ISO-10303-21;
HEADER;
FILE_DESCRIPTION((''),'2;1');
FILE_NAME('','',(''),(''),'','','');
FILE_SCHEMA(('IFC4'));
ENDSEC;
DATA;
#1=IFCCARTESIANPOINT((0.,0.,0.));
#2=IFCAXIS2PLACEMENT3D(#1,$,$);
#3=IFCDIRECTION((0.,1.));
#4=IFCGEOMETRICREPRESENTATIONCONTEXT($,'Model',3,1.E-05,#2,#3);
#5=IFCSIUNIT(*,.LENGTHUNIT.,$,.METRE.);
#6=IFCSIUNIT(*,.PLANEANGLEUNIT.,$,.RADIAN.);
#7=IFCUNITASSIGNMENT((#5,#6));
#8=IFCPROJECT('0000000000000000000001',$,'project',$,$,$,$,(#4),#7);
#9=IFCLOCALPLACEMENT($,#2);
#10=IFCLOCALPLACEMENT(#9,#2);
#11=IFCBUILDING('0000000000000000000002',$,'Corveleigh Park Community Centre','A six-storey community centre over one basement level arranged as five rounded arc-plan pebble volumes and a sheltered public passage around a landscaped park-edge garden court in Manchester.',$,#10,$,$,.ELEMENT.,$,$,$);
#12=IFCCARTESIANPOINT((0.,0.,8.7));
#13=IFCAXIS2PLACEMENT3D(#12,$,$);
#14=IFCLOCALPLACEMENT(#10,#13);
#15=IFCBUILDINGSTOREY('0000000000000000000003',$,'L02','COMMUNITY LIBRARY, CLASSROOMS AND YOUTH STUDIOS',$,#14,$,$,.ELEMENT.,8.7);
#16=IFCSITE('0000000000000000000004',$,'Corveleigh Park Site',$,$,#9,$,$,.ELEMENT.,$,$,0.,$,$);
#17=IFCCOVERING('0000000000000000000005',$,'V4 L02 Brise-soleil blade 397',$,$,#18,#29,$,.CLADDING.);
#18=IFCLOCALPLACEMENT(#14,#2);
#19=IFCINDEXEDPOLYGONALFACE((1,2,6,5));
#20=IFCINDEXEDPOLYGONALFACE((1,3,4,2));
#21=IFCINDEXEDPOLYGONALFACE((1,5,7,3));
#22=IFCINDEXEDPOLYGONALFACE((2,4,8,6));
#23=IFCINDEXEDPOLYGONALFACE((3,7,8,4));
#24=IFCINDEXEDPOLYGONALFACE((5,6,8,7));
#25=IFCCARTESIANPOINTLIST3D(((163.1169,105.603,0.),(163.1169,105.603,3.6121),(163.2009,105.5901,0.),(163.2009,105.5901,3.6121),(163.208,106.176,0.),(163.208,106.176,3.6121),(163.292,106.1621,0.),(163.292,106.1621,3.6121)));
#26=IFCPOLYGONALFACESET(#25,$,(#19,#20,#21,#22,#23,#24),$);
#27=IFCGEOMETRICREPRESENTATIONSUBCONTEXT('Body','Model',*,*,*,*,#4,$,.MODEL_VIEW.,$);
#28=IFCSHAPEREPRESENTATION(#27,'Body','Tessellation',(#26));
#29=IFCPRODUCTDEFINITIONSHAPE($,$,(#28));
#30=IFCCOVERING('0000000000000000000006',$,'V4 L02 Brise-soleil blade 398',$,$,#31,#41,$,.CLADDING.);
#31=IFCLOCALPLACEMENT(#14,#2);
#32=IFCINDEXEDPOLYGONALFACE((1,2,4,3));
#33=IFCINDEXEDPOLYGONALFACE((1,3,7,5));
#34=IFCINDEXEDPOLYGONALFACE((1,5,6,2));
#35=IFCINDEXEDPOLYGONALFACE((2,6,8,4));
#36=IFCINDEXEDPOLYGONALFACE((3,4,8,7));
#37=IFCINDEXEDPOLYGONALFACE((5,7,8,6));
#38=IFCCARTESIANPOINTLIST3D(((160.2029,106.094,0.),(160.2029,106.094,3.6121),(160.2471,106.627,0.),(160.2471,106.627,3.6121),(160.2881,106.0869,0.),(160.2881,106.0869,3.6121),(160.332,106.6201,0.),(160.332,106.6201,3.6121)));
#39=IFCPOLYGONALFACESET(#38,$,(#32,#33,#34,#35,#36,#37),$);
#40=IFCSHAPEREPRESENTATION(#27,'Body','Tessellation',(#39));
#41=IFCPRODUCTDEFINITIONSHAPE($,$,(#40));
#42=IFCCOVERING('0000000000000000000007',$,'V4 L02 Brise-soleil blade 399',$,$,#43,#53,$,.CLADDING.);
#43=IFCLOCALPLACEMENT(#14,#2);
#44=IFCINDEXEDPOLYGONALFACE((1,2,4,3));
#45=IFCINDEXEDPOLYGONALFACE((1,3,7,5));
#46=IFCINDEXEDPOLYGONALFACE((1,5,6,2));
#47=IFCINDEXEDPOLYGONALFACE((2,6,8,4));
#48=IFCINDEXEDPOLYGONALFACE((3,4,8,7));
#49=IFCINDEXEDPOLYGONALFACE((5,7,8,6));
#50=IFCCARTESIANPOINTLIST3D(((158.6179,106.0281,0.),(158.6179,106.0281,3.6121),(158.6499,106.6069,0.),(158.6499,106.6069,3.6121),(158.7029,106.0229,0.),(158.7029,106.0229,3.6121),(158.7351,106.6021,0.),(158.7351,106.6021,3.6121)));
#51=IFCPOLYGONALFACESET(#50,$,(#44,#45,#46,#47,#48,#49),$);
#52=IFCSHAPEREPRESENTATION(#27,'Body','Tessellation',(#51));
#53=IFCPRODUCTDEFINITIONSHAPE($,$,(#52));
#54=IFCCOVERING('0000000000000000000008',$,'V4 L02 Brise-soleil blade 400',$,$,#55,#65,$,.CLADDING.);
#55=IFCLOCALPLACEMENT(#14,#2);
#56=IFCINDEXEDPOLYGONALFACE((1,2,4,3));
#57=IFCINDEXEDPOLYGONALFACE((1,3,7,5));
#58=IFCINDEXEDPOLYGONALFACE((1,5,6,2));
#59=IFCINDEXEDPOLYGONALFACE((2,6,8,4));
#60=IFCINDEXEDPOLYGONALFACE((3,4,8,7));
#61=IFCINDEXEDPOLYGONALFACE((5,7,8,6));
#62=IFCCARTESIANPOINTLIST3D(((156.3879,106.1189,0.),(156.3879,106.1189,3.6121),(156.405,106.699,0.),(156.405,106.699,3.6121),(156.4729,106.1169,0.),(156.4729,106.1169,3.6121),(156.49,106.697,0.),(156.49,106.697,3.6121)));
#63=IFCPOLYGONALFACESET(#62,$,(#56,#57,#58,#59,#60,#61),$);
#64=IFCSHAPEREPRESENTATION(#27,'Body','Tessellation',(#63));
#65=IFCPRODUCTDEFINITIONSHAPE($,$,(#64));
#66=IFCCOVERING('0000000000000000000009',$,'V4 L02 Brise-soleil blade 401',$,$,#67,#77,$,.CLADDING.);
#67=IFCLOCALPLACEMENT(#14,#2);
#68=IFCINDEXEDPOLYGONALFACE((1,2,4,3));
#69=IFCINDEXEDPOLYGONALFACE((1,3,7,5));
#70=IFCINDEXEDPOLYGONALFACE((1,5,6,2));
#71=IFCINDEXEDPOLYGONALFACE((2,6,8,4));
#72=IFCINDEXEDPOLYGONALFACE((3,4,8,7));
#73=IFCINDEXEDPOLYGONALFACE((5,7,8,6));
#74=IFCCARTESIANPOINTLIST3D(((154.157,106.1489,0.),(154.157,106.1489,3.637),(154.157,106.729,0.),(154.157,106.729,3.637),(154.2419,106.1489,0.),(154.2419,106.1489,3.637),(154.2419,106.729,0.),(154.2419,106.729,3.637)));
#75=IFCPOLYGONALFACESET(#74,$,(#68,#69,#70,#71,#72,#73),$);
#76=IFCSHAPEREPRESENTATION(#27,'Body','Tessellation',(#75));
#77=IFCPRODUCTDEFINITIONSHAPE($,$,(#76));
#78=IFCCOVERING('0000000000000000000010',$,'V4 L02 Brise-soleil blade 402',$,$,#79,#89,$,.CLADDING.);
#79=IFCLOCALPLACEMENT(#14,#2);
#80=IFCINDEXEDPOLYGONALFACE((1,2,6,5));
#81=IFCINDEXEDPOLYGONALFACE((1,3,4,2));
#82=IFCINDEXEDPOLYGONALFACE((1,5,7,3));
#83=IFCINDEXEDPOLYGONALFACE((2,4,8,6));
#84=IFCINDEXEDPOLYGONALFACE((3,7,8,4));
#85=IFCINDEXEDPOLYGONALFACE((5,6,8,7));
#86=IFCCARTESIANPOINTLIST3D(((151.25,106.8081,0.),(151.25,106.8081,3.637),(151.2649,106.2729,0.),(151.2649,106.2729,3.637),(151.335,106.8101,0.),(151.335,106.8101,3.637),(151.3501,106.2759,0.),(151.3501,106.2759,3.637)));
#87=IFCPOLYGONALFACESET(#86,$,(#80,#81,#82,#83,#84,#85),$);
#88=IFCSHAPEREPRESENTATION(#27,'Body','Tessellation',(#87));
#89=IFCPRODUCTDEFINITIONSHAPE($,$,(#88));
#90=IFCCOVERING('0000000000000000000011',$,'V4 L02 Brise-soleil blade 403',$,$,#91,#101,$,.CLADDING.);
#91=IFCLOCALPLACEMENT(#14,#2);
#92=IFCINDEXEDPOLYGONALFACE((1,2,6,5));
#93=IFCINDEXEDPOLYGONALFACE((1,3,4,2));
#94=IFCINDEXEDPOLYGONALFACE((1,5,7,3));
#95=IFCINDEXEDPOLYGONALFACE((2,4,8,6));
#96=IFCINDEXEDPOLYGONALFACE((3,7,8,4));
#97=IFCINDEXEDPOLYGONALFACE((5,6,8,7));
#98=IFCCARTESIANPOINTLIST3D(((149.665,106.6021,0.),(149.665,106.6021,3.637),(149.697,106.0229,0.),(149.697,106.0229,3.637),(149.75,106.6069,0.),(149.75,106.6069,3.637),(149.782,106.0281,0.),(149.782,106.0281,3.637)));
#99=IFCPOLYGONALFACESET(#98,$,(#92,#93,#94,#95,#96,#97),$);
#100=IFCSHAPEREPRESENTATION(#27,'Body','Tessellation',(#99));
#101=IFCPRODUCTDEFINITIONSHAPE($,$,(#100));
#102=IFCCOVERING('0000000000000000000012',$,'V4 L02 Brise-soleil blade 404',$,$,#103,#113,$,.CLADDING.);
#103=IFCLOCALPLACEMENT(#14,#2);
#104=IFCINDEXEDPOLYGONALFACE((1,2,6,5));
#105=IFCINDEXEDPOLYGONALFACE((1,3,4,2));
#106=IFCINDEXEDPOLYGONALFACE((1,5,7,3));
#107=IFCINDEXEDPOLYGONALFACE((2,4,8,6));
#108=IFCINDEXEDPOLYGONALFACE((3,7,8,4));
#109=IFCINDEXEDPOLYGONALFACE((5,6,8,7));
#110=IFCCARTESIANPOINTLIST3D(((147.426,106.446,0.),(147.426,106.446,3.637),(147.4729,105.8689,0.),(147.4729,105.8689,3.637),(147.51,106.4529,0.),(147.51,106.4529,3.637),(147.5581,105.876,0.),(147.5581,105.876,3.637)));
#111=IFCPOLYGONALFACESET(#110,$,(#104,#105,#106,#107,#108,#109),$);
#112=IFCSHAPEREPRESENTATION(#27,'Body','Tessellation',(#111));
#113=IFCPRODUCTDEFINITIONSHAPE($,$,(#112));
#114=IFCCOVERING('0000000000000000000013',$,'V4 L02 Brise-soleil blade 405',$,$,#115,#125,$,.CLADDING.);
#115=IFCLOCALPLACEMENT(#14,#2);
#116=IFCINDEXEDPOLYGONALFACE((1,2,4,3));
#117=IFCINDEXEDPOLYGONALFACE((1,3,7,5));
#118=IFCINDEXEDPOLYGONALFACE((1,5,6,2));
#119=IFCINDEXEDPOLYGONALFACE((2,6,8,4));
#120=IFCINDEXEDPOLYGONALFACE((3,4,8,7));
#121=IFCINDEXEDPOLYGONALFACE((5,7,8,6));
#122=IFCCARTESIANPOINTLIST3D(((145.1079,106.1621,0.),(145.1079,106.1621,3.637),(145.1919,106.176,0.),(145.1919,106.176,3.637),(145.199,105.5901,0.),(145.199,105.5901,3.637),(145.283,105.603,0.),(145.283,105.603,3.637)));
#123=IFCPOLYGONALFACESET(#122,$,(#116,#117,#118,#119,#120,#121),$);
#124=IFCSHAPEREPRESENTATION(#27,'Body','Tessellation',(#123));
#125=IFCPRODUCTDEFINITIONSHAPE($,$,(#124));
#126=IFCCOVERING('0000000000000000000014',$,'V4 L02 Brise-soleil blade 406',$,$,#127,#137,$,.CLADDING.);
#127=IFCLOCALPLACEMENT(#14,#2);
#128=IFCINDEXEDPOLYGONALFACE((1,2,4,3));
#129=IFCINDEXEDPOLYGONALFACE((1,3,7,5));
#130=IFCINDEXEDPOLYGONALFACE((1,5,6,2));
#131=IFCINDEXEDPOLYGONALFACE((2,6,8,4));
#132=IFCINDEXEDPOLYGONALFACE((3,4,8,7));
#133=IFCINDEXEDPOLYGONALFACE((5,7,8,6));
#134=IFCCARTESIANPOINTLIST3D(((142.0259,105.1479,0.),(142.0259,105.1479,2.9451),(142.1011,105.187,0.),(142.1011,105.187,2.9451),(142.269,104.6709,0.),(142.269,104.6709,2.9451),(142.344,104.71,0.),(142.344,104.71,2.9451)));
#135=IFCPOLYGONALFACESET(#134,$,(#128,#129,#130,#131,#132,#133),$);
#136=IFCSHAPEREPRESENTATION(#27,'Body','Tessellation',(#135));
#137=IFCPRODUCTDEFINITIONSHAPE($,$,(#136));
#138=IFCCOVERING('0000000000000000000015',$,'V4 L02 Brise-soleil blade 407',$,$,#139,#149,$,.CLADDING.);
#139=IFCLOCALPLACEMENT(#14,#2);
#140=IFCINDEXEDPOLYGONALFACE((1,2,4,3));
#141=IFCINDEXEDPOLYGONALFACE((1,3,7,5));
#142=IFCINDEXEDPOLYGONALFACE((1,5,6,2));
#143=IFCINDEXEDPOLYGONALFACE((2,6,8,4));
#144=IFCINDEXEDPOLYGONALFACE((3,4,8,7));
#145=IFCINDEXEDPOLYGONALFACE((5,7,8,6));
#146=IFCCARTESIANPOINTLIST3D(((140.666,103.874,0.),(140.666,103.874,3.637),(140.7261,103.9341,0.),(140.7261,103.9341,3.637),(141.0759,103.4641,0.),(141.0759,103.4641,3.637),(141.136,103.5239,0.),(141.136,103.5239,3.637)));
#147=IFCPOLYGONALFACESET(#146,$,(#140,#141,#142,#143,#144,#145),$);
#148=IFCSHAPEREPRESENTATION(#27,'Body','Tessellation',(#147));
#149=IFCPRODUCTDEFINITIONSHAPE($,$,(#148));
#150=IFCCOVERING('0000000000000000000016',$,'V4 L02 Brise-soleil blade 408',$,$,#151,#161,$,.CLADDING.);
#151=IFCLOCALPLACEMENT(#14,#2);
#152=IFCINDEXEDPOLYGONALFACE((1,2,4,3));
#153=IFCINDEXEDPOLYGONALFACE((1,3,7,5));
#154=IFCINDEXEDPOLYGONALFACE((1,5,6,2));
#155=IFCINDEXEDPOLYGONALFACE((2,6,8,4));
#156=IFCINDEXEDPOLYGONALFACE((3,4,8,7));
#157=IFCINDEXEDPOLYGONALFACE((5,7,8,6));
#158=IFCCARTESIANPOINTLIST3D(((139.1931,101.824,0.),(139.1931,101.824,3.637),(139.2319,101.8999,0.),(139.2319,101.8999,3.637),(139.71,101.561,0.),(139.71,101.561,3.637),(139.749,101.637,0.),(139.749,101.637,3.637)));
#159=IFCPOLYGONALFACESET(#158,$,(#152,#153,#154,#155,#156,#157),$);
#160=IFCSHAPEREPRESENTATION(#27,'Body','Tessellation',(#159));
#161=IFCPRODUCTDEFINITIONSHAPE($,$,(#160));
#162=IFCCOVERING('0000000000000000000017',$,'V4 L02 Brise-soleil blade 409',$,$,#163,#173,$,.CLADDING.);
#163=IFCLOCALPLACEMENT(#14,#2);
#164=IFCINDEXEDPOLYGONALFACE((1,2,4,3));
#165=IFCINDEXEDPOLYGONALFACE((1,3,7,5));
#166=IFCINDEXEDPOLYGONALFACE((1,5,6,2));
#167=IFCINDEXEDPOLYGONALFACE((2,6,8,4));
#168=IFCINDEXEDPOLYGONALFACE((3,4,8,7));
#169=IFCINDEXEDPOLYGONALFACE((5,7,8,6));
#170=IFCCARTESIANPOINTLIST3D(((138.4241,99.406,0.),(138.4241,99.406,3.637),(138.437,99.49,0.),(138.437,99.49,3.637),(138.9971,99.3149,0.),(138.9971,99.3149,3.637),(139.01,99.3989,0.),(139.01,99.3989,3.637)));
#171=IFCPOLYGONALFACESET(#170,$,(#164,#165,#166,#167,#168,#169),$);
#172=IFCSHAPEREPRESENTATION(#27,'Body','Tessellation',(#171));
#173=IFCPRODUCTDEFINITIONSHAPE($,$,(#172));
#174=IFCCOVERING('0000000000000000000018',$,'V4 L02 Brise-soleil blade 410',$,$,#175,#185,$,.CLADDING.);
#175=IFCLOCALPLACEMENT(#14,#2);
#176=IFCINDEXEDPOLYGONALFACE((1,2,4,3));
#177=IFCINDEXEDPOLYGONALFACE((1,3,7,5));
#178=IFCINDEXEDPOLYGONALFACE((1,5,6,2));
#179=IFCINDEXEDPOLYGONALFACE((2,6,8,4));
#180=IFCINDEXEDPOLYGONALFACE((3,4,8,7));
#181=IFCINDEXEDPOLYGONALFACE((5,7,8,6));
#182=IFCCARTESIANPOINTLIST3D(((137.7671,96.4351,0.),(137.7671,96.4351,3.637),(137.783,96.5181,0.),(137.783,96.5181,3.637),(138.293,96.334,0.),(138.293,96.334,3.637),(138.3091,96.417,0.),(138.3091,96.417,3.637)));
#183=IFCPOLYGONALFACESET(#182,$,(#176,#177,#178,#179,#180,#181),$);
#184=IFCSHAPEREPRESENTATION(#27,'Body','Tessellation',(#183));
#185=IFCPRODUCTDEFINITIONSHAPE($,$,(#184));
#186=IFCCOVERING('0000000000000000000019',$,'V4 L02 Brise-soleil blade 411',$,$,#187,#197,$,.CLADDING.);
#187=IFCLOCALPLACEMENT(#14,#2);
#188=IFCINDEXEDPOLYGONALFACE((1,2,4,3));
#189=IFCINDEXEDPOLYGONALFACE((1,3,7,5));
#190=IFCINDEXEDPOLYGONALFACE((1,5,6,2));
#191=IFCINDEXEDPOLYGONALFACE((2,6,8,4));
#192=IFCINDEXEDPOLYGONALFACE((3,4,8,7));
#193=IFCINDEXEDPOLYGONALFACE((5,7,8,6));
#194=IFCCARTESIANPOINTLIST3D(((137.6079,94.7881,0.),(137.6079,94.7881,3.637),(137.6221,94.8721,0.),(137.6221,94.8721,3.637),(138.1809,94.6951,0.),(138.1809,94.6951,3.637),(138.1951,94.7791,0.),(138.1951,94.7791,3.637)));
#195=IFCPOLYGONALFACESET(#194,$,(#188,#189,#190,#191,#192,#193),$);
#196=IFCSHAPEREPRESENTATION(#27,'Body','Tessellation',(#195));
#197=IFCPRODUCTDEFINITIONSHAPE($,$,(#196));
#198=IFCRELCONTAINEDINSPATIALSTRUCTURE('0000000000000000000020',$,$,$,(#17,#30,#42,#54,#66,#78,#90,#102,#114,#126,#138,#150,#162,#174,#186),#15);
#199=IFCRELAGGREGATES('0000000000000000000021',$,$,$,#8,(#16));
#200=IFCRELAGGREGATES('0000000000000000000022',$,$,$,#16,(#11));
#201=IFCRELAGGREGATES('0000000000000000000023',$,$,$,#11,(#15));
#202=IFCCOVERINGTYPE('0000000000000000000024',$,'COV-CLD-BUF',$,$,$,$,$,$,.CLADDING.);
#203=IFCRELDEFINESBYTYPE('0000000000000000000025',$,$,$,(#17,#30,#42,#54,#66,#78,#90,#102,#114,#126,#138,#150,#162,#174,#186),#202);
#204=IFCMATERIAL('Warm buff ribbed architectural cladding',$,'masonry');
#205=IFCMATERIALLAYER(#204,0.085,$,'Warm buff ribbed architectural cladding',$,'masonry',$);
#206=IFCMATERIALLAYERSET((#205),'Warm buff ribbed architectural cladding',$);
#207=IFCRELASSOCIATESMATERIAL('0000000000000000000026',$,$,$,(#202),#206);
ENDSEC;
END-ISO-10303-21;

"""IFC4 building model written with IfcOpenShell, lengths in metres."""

from ifc_helpers import new_model, si_unit, direction, frame, origin, place, context, subcontext, project, spatial, polyline, outline, extrude, material, layer, layer_set, type_object, element, save


model = new_model("IFC4")

# Units and contexts
model_context = context("Model", 3, precision=1e-05, world=origin(), true_north=direction((0.0, 1.0)))
body_context = subcontext(model_context, "Body", "Model", "MODEL_VIEW")
ifc_project = project(units=[si_unit("LENGTHUNIT", "METRE"), si_unit("PLANEANGLEUNIT", "RADIAN")], contexts=[model_context])

# Site, building, storey
site_placement = place(None, origin())
site = spatial("IfcSite", under=ifc_project, at=site_placement, Name="Corveleigh Park Site", CompositionType="ELEMENT", RefElevation=0.0)
building_placement = place(site_placement, origin())
building = spatial("IfcBuilding", under=site, at=building_placement, Name="Corveleigh Park Community Centre", Description="A six-storey community centre over one basement level arranged as five rounded arc-plan pebble volumes and a sheltered public passage around a landscaped park-edge garden court in Manchester.", CompositionType="ELEMENT")
storey_placement = place(building_placement, frame((0.0, 0.0, 8.7)))
storey = spatial("IfcBuildingStorey", under=building, at=storey_placement, Name="L02", Description="COMMUNITY LIBRARY, CLASSROOMS AND YOUTH STUDIOS", CompositionType="ELEMENT", Elevation=8.7)

# Coverings
ifc_material = material(Name="Warm buff ribbed architectural cladding", Category="masonry")
ifc_layer = layer(ifc_material, 0.085, Name="Warm buff ribbed architectural cladding", Category="masonry")
ifc_layer_set = layer_set([ifc_layer], Name="Warm buff ribbed architectural cladding")
covering_type = type_object("IfcCoveringType", Name="COV-CLD-BUF", PredefinedType="CLADDING", material=ifc_layer_set)
covering_1_placement = place(storey_placement, origin())
element("IfcCovering", 1, at=covering_1_placement, inside=storey, type_object=covering_type, Name="V4 L02 Brise-soleil blade 397", PredefinedType="CLADDING", context=body_context, shape_type="SweptSolid", body=[
    extrude(outline(polyline([(163.1169, 105.603), (163.2009, 105.5901), (163.292, 106.1621), (163.208, 106.176), (163.1169, 105.603)])), origin(), (0.0, 0.0, 1.0), 3.6121),
])
covering_2_placement = place(storey_placement, origin())
element("IfcCovering", 2, at=covering_2_placement, inside=storey, type_object=covering_type, Name="V4 L02 Brise-soleil blade 398", PredefinedType="CLADDING", context=body_context, shape_type="SweptSolid", body=[
    extrude(outline(polyline([(160.2029, 106.094), (160.2881, 106.0869), (160.332, 106.6201), (160.2471, 106.627), (160.2029, 106.094)])), origin(), (0.0, 0.0, 1.0), 3.6121),
])
covering_3_placement = place(storey_placement, origin())
element("IfcCovering", 3, at=covering_3_placement, inside=storey, type_object=covering_type, Name="V4 L02 Brise-soleil blade 399", PredefinedType="CLADDING", context=body_context, shape_type="SweptSolid", body=[
    extrude(outline(polyline([(158.6179, 106.0281), (158.7029, 106.0229), (158.7351, 106.6021), (158.6499, 106.6069), (158.6179, 106.0281)])), origin(), (0.0, 0.0, 1.0), 3.6121),
])
covering_4_placement = place(storey_placement, origin())
element("IfcCovering", 4, at=covering_4_placement, inside=storey, type_object=covering_type, Name="V4 L02 Brise-soleil blade 400", PredefinedType="CLADDING", context=body_context, shape_type="SweptSolid", body=[
    extrude(outline(polyline([(156.3879, 106.1189), (156.4729, 106.1169), (156.49, 106.697), (156.405, 106.699), (156.3879, 106.1189)])), origin(), (0.0, 0.0, 1.0), 3.6121),
])
covering_5_placement = place(storey_placement, origin())
element("IfcCovering", 5, at=covering_5_placement, inside=storey, type_object=covering_type, Name="V4 L02 Brise-soleil blade 401", PredefinedType="CLADDING", context=body_context, shape_type="SweptSolid", body=[
    extrude(outline(polyline([(154.157, 106.1489), (154.2419, 106.1489), (154.2419, 106.729), (154.157, 106.729), (154.157, 106.1489)])), origin(), (0.0, 0.0, 1.0), 3.637),
])
covering_6_placement = place(storey_placement, origin())
element("IfcCovering", 6, at=covering_6_placement, inside=storey, type_object=covering_type, Name="V4 L02 Brise-soleil blade 402", PredefinedType="CLADDING", context=body_context, shape_type="SweptSolid", body=[
    extrude(outline(polyline([(151.2649, 106.2729), (151.3501, 106.2759), (151.335, 106.8101), (151.25, 106.8081), (151.2649, 106.2729)])), origin(), (0.0, 0.0, 1.0), 3.637),
])
covering_7_placement = place(storey_placement, origin())
element("IfcCovering", 7, at=covering_7_placement, inside=storey, type_object=covering_type, Name="V4 L02 Brise-soleil blade 403", PredefinedType="CLADDING", context=body_context, shape_type="SweptSolid", body=[
    extrude(outline(polyline([(149.697, 106.0229), (149.782, 106.0281), (149.75, 106.6069), (149.665, 106.6021), (149.697, 106.0229)])), origin(), (0.0, 0.0, 1.0), 3.637),
])
covering_8_placement = place(storey_placement, origin())
element("IfcCovering", 8, at=covering_8_placement, inside=storey, type_object=covering_type, Name="V4 L02 Brise-soleil blade 404", PredefinedType="CLADDING", context=body_context, shape_type="SweptSolid", body=[
    extrude(outline(polyline([(147.4729, 105.8689), (147.5581, 105.876), (147.51, 106.4529), (147.426, 106.446), (147.4729, 105.8689)])), origin(), (0.0, 0.0, 1.0), 3.637),
])
covering_9_placement = place(storey_placement, origin())
element("IfcCovering", 9, at=covering_9_placement, inside=storey, type_object=covering_type, Name="V4 L02 Brise-soleil blade 405", PredefinedType="CLADDING", context=body_context, shape_type="SweptSolid", body=[
    extrude(outline(polyline([(145.199, 105.5901), (145.283, 105.603), (145.1919, 106.176), (145.1079, 106.1621), (145.199, 105.5901)])), origin(), (0.0, 0.0, 1.0), 3.637),
])
covering_10_placement = place(storey_placement, origin())
element("IfcCovering", 10, at=covering_10_placement, inside=storey, type_object=covering_type, Name="V4 L02 Brise-soleil blade 406", PredefinedType="CLADDING", context=body_context, shape_type="SweptSolid", body=[
    extrude(outline(polyline([(142.269, 104.6709), (142.344, 104.71), (142.1011, 105.187), (142.0259, 105.1479), (142.269, 104.6709)])), origin(), (0.0, 0.0, 1.0), 2.9451),
])
covering_11_placement = place(storey_placement, origin())
element("IfcCovering", 11, at=covering_11_placement, inside=storey, type_object=covering_type, Name="V4 L02 Brise-soleil blade 407", PredefinedType="CLADDING", context=body_context, shape_type="SweptSolid", body=[
    extrude(outline(polyline([(141.0759, 103.4641), (141.136, 103.5239), (140.7261, 103.9341), (140.666, 103.874), (141.0759, 103.4641)])), origin(), (0.0, 0.0, 1.0), 3.637),
])
covering_12_placement = place(storey_placement, origin())
element("IfcCovering", 12, at=covering_12_placement, inside=storey, type_object=covering_type, Name="V4 L02 Brise-soleil blade 408", PredefinedType="CLADDING", context=body_context, shape_type="SweptSolid", body=[
    extrude(outline(polyline([(139.71, 101.561), (139.749, 101.637), (139.2319, 101.8999), (139.1931, 101.824), (139.71, 101.561)])), origin(), (0.0, 0.0, 1.0), 3.637),
])
covering_13_placement = place(storey_placement, origin())
element("IfcCovering", 13, at=covering_13_placement, inside=storey, type_object=covering_type, Name="V4 L02 Brise-soleil blade 409", PredefinedType="CLADDING", context=body_context, shape_type="SweptSolid", body=[
    extrude(outline(polyline([(138.9971, 99.3149), (139.01, 99.3989), (138.437, 99.49), (138.4241, 99.406), (138.9971, 99.3149)])), origin(), (0.0, 0.0, 1.0), 3.637),
])
covering_14_placement = place(storey_placement, origin())
element("IfcCovering", 14, at=covering_14_placement, inside=storey, type_object=covering_type, Name="V4 L02 Brise-soleil blade 410", PredefinedType="CLADDING", context=body_context, shape_type="SweptSolid", body=[
    extrude(outline(polyline([(138.293, 96.334), (138.3091, 96.417), (137.783, 96.5181), (137.7671, 96.4351), (138.293, 96.334)])), origin(), (0.0, 0.0, 1.0), 3.637),
])
covering_15_placement = place(storey_placement, origin())
element("IfcCovering", 15, at=covering_15_placement, inside=storey, type_object=covering_type, Name="V4 L02 Brise-soleil blade 411", PredefinedType="CLADDING", context=body_context, shape_type="SweptSolid", body=[
    extrude(outline(polyline([(138.1809, 94.6951), (138.1951, 94.7791), (137.6221, 94.8721), (137.6079, 94.7881), (138.1809, 94.6951)])), origin(), (0.0, 0.0, 1.0), 3.637),
])

save(model, "model.ifc")
